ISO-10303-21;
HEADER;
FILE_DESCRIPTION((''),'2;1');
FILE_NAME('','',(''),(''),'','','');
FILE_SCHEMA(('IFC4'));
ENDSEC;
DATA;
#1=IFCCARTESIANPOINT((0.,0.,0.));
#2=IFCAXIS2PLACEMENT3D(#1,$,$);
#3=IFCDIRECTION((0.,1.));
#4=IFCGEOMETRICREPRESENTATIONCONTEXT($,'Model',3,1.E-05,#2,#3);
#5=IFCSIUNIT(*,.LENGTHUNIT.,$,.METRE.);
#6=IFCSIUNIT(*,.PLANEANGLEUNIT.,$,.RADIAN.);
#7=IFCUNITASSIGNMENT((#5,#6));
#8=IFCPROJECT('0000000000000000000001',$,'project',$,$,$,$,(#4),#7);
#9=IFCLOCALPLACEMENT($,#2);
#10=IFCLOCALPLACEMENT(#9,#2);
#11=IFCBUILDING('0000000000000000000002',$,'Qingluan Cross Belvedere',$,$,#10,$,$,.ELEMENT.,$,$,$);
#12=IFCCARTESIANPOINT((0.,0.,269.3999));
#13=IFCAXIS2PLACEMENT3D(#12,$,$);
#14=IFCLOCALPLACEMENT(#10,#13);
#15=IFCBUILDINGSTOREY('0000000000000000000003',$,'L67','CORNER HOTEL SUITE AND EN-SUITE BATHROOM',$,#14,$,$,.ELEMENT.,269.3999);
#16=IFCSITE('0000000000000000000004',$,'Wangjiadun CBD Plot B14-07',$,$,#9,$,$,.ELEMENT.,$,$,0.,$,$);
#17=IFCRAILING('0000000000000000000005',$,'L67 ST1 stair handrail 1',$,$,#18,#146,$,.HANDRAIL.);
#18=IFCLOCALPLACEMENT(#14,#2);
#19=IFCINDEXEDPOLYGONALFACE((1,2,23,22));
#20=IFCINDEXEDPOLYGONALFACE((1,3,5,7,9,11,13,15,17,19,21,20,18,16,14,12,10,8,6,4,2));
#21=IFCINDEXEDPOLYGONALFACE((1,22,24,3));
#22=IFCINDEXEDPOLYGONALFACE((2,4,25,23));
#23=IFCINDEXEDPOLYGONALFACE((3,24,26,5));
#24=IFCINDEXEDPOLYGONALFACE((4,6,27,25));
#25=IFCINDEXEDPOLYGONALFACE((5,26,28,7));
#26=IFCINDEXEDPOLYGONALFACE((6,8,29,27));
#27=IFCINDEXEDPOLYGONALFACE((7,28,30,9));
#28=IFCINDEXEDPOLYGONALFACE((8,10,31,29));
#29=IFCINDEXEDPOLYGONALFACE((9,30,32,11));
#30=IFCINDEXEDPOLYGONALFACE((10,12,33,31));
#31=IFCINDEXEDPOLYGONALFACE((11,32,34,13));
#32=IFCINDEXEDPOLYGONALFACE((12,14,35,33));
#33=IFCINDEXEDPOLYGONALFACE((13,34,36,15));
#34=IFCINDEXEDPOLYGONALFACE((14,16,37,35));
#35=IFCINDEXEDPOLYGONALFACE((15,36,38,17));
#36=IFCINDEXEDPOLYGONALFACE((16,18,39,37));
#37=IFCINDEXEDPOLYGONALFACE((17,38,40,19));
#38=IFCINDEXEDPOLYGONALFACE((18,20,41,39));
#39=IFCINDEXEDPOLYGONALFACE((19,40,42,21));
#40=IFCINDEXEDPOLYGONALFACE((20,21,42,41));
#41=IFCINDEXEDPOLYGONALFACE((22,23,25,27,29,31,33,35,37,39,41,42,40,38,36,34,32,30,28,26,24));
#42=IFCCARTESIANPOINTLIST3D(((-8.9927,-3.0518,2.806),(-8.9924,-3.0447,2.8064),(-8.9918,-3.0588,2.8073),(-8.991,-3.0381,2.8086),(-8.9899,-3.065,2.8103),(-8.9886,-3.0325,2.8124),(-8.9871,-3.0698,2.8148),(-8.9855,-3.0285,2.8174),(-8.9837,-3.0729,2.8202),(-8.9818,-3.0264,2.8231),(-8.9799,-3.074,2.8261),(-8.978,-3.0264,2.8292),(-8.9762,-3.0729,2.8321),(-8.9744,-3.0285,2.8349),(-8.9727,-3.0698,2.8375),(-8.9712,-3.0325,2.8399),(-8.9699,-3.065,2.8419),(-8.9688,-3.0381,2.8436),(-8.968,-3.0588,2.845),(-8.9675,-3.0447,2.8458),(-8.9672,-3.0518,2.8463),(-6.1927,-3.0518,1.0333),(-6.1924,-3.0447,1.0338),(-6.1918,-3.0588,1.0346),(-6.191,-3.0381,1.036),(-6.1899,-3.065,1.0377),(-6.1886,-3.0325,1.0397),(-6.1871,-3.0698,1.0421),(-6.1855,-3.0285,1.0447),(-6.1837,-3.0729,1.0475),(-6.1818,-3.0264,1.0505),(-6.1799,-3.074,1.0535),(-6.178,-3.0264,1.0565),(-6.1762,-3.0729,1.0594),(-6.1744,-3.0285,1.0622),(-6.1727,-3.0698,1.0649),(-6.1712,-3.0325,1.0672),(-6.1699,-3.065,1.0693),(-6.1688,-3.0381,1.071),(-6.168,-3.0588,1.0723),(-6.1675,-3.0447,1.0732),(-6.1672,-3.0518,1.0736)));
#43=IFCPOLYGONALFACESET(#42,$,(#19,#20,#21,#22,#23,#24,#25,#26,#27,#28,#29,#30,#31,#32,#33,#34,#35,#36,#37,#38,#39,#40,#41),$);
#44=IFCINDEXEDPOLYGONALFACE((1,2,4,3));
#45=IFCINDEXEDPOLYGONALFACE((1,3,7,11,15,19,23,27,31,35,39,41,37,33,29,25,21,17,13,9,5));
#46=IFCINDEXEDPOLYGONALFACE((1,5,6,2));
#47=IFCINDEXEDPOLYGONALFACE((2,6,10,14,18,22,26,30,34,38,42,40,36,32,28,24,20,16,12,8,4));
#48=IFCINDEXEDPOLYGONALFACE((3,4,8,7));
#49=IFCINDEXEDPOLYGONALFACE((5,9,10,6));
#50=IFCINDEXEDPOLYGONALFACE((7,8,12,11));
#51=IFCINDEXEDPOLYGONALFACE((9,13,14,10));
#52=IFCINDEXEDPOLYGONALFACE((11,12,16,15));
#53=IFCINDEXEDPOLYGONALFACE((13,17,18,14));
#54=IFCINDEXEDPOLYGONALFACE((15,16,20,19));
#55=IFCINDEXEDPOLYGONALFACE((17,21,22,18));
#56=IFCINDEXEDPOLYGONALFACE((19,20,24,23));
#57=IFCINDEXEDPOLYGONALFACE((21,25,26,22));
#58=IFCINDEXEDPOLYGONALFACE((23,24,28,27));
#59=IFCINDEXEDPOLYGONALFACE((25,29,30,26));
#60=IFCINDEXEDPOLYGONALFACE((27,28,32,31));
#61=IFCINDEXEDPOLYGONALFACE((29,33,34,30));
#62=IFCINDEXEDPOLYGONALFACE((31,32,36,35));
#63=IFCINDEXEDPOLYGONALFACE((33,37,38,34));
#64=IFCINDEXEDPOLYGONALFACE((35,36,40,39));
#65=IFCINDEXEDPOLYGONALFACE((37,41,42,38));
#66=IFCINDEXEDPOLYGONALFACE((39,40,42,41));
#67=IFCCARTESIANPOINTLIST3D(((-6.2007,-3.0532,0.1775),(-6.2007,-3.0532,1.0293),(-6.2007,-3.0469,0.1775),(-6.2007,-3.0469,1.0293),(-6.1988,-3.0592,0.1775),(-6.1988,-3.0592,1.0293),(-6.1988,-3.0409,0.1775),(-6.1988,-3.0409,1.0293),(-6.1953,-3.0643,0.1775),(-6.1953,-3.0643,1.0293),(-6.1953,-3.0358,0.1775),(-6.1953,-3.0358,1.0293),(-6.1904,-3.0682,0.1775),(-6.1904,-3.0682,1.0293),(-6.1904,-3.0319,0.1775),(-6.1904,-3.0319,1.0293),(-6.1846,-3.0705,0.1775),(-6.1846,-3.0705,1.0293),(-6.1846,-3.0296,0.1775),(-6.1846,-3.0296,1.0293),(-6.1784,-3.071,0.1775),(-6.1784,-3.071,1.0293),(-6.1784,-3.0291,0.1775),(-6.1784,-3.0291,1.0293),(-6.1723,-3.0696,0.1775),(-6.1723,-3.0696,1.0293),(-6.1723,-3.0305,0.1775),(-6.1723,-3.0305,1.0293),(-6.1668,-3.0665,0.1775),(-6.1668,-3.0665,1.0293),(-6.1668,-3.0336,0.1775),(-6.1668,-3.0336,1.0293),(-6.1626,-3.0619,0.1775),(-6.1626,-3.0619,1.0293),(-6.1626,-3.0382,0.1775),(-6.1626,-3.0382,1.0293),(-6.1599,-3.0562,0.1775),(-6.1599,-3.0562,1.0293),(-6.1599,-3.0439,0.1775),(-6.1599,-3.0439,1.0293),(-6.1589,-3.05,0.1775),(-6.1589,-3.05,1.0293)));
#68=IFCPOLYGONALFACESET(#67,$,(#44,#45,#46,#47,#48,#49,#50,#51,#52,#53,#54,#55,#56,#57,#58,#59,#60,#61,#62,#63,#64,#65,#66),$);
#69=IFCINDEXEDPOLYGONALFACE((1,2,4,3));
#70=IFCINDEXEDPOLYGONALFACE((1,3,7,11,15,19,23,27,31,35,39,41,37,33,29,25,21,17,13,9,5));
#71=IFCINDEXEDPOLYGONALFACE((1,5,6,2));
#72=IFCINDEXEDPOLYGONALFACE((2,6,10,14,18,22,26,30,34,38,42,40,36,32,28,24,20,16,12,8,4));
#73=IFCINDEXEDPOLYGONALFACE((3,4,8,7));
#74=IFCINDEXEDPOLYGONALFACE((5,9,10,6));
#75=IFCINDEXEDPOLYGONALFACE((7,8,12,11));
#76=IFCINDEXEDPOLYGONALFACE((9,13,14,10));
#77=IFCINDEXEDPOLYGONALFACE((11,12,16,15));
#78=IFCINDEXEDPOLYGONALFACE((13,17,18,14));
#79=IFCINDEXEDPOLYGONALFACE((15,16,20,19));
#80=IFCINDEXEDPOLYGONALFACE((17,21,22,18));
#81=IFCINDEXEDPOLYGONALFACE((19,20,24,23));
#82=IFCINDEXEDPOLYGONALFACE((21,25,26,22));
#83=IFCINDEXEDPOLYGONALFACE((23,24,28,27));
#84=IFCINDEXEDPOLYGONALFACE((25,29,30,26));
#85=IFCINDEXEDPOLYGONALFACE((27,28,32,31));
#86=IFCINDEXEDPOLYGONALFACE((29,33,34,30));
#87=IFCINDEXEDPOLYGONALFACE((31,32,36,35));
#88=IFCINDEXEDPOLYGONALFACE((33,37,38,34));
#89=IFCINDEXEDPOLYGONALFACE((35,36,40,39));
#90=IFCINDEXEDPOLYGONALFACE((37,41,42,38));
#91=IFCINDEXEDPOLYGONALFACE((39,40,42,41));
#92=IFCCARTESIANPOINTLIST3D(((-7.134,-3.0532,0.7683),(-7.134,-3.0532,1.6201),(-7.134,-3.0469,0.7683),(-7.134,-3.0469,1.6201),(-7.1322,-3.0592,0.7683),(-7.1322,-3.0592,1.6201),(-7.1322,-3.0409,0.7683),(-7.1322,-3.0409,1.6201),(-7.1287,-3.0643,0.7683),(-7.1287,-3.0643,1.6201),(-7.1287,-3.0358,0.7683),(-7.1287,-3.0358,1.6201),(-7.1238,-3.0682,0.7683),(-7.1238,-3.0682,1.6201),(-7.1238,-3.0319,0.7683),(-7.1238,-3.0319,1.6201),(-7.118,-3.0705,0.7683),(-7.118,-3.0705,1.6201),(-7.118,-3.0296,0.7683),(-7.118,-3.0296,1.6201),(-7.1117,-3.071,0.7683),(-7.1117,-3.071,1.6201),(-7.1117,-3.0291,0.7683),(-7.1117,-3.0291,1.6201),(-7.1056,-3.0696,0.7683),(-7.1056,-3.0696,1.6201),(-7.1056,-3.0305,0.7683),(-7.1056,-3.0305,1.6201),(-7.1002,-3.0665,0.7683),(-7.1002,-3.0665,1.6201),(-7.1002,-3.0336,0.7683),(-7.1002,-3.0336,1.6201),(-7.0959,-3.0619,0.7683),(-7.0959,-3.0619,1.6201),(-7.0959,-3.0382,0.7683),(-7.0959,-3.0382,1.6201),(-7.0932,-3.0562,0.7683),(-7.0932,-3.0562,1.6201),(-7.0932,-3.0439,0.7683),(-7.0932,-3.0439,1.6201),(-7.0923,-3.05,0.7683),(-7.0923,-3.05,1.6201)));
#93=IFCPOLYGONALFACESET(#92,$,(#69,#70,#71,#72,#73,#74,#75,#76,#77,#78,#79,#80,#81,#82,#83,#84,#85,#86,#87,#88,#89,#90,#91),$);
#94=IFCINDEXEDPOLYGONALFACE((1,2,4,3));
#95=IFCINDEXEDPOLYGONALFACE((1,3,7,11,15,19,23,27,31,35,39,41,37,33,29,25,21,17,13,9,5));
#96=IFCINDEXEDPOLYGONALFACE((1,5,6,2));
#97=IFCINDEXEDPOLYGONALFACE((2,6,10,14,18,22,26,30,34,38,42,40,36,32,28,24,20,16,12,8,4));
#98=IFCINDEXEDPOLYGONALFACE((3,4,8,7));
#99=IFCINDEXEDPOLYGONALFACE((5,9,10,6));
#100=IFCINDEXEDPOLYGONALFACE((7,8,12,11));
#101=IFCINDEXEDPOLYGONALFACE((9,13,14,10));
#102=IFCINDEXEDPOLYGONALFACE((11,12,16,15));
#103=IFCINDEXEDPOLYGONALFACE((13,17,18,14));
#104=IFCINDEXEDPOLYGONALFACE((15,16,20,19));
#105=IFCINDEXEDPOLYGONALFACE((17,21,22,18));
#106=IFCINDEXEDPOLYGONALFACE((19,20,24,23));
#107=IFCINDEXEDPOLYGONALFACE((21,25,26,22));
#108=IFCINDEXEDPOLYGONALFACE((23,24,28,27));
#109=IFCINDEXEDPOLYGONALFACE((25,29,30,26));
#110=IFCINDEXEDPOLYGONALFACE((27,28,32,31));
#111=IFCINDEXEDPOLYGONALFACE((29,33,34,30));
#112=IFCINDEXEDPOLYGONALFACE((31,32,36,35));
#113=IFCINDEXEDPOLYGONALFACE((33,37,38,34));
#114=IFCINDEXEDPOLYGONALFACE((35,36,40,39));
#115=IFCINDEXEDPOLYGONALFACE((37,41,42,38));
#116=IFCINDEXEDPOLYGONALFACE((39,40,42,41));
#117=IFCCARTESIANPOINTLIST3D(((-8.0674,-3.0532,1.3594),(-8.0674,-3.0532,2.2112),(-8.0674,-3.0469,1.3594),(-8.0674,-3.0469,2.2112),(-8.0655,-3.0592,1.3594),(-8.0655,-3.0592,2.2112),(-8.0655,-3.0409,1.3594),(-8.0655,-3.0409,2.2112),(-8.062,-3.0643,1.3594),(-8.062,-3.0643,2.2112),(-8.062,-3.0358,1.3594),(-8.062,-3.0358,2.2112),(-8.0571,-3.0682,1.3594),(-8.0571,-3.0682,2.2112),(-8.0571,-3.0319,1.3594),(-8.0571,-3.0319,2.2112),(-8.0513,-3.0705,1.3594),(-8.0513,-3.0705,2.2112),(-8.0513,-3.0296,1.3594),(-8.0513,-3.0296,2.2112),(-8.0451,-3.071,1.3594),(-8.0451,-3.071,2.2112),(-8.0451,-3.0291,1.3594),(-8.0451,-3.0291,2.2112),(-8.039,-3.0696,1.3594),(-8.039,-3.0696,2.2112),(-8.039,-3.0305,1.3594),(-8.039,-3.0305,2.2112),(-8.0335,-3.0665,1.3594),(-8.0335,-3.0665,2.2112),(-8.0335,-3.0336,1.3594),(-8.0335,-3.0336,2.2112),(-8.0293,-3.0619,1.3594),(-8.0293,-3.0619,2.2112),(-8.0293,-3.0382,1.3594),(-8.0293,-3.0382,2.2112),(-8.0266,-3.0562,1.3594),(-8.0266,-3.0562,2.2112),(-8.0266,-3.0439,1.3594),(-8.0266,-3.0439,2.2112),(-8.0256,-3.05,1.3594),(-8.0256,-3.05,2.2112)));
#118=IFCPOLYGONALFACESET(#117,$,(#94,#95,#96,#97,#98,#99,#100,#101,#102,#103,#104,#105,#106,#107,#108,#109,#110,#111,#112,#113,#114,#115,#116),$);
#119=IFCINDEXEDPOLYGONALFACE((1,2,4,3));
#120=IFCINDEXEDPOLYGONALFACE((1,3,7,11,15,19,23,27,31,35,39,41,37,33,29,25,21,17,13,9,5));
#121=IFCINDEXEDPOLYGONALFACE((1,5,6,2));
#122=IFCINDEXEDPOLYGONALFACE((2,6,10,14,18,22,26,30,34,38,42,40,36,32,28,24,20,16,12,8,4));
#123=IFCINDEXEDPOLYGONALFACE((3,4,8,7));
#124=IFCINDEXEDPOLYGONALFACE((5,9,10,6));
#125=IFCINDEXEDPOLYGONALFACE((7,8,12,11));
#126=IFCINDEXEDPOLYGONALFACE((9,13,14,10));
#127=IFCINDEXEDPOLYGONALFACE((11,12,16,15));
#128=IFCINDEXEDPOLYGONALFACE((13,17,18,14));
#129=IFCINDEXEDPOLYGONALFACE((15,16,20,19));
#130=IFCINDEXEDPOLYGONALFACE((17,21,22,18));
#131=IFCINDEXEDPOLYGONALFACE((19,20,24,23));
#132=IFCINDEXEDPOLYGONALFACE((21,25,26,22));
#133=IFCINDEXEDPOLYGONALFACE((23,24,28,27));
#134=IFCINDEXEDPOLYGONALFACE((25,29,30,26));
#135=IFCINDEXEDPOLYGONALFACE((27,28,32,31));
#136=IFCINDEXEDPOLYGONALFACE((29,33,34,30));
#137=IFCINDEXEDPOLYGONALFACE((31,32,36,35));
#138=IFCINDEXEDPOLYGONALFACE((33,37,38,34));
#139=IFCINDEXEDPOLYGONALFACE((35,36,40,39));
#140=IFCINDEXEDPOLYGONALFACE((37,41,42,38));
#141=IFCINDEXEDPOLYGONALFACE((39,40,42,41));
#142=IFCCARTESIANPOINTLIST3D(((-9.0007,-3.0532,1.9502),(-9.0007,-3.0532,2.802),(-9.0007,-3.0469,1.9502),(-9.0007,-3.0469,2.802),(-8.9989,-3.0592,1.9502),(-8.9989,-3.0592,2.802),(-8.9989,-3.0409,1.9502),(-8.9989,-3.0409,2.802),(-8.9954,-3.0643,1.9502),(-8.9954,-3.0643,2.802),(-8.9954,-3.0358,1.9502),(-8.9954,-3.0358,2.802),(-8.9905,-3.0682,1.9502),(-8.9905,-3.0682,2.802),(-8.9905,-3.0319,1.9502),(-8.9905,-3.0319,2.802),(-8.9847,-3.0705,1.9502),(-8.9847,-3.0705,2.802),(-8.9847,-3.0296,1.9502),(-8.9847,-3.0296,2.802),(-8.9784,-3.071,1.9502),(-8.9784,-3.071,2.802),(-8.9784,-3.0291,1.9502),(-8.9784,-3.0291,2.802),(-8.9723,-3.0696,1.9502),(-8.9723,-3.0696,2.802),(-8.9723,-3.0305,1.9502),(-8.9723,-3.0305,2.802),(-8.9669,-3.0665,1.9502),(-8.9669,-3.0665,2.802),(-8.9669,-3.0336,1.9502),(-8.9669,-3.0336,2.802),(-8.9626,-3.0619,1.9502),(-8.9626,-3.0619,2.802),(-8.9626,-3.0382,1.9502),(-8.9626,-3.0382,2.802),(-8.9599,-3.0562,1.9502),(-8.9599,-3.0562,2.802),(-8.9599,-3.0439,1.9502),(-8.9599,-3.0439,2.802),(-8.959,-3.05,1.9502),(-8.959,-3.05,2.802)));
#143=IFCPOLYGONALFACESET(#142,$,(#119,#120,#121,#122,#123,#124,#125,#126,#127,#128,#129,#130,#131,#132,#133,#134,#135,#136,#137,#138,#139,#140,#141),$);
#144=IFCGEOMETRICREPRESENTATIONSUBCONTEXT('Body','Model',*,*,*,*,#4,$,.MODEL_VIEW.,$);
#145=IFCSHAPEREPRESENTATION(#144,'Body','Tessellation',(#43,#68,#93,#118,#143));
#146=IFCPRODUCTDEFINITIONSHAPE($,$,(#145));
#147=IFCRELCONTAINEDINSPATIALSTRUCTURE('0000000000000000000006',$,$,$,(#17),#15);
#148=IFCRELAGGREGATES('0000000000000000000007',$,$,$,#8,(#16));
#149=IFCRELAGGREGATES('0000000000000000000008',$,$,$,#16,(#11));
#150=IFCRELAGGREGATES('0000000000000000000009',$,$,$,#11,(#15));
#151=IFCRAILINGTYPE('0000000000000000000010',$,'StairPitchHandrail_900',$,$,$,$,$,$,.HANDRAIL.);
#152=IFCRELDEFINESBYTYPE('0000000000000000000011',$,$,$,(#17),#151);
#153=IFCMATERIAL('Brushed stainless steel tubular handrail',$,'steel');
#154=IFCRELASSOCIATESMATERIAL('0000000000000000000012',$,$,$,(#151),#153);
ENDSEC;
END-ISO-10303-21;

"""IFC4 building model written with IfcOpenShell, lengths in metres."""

from ifc_helpers import new_model, si_unit, direction, frame, origin, origin_2d, place, context, subcontext, project, spatial, circle, extrude, material, type_object, element, save


model = new_model("IFC4")

# Units and contexts
model_context = context("Model", 3, precision=1e-05, world=origin(), true_north=direction((0.0, 1.0)))
body_context = subcontext(model_context, "Body", "Model", "MODEL_VIEW")
ifc_project = project(units=[si_unit("LENGTHUNIT", "METRE"), si_unit("PLANEANGLEUNIT", "RADIAN")], contexts=[model_context])

# Site, building, storey
site_placement = place(None, origin())
site = spatial("IfcSite", under=ifc_project, at=site_placement, Name="Wangjiadun CBD Plot B14-07", CompositionType="ELEMENT", RefElevation=0.0)
building_placement = place(site_placement, origin())
building = spatial("IfcBuilding", under=site, at=building_placement, Name="Qingluan Cross Belvedere", CompositionType="ELEMENT")
storey_placement = place(building_placement, frame((0.0, 0.0, 269.3999)))
storey = spatial("IfcBuildingStorey", under=building, at=storey_placement, Name="L67", Description="CORNER HOTEL SUITE AND EN-SUITE BATHROOM", CompositionType="ELEMENT", Elevation=269.3999)

# Railing
ifc_material_1 = material(Name="Brushed stainless steel tubular handrail", Category="steel")
railing_type_1 = type_object("IfcRailingType", Name="StairPitchHandrail_900", PredefinedType="HANDRAIL", material=ifc_material_1)
railing_1_placement = place(storey_placement, frame((-6.1799, -3.05, 0.1775)))
element("IfcRailing", 1, at=railing_1_placement, inside=storey, type_object=railing_type_1, Name="L67 ST1 stair handrail 1", PredefinedType="HANDRAIL", context=body_context, shape_type="SweptSolid", body=[
    extrude(circle(Radius=0.0239, at=origin_2d()), frame((0.0, 0.0, 0.876), z_axis=(-0.844909, 0.0, 0.53491), x_axis=(0.0, -1.0, 0.0)), (0.0, 0.0, 1.0), 3.314),
    extrude(circle(Radius=0.021, at=origin_2d()), origin(), (0.0, 0.0, 1.0), 0.8518),
    extrude(circle(Radius=0.021, at=origin_2d()), frame((-0.9333, 0.0, 0.5908)), (0.0, 0.0, 1.0), 0.8518),
    extrude(circle(Radius=0.021, at=origin_2d()), frame((-1.8667, 0.0, 1.1819)), (0.0, 0.0, 1.0), 0.8518),
    extrude(circle(Radius=0.021, at=origin_2d()), frame((-2.8, 0.0, 1.7727)), (0.0, 0.0, 1.0), 0.8518),
])

save(model, "model.ifc")
